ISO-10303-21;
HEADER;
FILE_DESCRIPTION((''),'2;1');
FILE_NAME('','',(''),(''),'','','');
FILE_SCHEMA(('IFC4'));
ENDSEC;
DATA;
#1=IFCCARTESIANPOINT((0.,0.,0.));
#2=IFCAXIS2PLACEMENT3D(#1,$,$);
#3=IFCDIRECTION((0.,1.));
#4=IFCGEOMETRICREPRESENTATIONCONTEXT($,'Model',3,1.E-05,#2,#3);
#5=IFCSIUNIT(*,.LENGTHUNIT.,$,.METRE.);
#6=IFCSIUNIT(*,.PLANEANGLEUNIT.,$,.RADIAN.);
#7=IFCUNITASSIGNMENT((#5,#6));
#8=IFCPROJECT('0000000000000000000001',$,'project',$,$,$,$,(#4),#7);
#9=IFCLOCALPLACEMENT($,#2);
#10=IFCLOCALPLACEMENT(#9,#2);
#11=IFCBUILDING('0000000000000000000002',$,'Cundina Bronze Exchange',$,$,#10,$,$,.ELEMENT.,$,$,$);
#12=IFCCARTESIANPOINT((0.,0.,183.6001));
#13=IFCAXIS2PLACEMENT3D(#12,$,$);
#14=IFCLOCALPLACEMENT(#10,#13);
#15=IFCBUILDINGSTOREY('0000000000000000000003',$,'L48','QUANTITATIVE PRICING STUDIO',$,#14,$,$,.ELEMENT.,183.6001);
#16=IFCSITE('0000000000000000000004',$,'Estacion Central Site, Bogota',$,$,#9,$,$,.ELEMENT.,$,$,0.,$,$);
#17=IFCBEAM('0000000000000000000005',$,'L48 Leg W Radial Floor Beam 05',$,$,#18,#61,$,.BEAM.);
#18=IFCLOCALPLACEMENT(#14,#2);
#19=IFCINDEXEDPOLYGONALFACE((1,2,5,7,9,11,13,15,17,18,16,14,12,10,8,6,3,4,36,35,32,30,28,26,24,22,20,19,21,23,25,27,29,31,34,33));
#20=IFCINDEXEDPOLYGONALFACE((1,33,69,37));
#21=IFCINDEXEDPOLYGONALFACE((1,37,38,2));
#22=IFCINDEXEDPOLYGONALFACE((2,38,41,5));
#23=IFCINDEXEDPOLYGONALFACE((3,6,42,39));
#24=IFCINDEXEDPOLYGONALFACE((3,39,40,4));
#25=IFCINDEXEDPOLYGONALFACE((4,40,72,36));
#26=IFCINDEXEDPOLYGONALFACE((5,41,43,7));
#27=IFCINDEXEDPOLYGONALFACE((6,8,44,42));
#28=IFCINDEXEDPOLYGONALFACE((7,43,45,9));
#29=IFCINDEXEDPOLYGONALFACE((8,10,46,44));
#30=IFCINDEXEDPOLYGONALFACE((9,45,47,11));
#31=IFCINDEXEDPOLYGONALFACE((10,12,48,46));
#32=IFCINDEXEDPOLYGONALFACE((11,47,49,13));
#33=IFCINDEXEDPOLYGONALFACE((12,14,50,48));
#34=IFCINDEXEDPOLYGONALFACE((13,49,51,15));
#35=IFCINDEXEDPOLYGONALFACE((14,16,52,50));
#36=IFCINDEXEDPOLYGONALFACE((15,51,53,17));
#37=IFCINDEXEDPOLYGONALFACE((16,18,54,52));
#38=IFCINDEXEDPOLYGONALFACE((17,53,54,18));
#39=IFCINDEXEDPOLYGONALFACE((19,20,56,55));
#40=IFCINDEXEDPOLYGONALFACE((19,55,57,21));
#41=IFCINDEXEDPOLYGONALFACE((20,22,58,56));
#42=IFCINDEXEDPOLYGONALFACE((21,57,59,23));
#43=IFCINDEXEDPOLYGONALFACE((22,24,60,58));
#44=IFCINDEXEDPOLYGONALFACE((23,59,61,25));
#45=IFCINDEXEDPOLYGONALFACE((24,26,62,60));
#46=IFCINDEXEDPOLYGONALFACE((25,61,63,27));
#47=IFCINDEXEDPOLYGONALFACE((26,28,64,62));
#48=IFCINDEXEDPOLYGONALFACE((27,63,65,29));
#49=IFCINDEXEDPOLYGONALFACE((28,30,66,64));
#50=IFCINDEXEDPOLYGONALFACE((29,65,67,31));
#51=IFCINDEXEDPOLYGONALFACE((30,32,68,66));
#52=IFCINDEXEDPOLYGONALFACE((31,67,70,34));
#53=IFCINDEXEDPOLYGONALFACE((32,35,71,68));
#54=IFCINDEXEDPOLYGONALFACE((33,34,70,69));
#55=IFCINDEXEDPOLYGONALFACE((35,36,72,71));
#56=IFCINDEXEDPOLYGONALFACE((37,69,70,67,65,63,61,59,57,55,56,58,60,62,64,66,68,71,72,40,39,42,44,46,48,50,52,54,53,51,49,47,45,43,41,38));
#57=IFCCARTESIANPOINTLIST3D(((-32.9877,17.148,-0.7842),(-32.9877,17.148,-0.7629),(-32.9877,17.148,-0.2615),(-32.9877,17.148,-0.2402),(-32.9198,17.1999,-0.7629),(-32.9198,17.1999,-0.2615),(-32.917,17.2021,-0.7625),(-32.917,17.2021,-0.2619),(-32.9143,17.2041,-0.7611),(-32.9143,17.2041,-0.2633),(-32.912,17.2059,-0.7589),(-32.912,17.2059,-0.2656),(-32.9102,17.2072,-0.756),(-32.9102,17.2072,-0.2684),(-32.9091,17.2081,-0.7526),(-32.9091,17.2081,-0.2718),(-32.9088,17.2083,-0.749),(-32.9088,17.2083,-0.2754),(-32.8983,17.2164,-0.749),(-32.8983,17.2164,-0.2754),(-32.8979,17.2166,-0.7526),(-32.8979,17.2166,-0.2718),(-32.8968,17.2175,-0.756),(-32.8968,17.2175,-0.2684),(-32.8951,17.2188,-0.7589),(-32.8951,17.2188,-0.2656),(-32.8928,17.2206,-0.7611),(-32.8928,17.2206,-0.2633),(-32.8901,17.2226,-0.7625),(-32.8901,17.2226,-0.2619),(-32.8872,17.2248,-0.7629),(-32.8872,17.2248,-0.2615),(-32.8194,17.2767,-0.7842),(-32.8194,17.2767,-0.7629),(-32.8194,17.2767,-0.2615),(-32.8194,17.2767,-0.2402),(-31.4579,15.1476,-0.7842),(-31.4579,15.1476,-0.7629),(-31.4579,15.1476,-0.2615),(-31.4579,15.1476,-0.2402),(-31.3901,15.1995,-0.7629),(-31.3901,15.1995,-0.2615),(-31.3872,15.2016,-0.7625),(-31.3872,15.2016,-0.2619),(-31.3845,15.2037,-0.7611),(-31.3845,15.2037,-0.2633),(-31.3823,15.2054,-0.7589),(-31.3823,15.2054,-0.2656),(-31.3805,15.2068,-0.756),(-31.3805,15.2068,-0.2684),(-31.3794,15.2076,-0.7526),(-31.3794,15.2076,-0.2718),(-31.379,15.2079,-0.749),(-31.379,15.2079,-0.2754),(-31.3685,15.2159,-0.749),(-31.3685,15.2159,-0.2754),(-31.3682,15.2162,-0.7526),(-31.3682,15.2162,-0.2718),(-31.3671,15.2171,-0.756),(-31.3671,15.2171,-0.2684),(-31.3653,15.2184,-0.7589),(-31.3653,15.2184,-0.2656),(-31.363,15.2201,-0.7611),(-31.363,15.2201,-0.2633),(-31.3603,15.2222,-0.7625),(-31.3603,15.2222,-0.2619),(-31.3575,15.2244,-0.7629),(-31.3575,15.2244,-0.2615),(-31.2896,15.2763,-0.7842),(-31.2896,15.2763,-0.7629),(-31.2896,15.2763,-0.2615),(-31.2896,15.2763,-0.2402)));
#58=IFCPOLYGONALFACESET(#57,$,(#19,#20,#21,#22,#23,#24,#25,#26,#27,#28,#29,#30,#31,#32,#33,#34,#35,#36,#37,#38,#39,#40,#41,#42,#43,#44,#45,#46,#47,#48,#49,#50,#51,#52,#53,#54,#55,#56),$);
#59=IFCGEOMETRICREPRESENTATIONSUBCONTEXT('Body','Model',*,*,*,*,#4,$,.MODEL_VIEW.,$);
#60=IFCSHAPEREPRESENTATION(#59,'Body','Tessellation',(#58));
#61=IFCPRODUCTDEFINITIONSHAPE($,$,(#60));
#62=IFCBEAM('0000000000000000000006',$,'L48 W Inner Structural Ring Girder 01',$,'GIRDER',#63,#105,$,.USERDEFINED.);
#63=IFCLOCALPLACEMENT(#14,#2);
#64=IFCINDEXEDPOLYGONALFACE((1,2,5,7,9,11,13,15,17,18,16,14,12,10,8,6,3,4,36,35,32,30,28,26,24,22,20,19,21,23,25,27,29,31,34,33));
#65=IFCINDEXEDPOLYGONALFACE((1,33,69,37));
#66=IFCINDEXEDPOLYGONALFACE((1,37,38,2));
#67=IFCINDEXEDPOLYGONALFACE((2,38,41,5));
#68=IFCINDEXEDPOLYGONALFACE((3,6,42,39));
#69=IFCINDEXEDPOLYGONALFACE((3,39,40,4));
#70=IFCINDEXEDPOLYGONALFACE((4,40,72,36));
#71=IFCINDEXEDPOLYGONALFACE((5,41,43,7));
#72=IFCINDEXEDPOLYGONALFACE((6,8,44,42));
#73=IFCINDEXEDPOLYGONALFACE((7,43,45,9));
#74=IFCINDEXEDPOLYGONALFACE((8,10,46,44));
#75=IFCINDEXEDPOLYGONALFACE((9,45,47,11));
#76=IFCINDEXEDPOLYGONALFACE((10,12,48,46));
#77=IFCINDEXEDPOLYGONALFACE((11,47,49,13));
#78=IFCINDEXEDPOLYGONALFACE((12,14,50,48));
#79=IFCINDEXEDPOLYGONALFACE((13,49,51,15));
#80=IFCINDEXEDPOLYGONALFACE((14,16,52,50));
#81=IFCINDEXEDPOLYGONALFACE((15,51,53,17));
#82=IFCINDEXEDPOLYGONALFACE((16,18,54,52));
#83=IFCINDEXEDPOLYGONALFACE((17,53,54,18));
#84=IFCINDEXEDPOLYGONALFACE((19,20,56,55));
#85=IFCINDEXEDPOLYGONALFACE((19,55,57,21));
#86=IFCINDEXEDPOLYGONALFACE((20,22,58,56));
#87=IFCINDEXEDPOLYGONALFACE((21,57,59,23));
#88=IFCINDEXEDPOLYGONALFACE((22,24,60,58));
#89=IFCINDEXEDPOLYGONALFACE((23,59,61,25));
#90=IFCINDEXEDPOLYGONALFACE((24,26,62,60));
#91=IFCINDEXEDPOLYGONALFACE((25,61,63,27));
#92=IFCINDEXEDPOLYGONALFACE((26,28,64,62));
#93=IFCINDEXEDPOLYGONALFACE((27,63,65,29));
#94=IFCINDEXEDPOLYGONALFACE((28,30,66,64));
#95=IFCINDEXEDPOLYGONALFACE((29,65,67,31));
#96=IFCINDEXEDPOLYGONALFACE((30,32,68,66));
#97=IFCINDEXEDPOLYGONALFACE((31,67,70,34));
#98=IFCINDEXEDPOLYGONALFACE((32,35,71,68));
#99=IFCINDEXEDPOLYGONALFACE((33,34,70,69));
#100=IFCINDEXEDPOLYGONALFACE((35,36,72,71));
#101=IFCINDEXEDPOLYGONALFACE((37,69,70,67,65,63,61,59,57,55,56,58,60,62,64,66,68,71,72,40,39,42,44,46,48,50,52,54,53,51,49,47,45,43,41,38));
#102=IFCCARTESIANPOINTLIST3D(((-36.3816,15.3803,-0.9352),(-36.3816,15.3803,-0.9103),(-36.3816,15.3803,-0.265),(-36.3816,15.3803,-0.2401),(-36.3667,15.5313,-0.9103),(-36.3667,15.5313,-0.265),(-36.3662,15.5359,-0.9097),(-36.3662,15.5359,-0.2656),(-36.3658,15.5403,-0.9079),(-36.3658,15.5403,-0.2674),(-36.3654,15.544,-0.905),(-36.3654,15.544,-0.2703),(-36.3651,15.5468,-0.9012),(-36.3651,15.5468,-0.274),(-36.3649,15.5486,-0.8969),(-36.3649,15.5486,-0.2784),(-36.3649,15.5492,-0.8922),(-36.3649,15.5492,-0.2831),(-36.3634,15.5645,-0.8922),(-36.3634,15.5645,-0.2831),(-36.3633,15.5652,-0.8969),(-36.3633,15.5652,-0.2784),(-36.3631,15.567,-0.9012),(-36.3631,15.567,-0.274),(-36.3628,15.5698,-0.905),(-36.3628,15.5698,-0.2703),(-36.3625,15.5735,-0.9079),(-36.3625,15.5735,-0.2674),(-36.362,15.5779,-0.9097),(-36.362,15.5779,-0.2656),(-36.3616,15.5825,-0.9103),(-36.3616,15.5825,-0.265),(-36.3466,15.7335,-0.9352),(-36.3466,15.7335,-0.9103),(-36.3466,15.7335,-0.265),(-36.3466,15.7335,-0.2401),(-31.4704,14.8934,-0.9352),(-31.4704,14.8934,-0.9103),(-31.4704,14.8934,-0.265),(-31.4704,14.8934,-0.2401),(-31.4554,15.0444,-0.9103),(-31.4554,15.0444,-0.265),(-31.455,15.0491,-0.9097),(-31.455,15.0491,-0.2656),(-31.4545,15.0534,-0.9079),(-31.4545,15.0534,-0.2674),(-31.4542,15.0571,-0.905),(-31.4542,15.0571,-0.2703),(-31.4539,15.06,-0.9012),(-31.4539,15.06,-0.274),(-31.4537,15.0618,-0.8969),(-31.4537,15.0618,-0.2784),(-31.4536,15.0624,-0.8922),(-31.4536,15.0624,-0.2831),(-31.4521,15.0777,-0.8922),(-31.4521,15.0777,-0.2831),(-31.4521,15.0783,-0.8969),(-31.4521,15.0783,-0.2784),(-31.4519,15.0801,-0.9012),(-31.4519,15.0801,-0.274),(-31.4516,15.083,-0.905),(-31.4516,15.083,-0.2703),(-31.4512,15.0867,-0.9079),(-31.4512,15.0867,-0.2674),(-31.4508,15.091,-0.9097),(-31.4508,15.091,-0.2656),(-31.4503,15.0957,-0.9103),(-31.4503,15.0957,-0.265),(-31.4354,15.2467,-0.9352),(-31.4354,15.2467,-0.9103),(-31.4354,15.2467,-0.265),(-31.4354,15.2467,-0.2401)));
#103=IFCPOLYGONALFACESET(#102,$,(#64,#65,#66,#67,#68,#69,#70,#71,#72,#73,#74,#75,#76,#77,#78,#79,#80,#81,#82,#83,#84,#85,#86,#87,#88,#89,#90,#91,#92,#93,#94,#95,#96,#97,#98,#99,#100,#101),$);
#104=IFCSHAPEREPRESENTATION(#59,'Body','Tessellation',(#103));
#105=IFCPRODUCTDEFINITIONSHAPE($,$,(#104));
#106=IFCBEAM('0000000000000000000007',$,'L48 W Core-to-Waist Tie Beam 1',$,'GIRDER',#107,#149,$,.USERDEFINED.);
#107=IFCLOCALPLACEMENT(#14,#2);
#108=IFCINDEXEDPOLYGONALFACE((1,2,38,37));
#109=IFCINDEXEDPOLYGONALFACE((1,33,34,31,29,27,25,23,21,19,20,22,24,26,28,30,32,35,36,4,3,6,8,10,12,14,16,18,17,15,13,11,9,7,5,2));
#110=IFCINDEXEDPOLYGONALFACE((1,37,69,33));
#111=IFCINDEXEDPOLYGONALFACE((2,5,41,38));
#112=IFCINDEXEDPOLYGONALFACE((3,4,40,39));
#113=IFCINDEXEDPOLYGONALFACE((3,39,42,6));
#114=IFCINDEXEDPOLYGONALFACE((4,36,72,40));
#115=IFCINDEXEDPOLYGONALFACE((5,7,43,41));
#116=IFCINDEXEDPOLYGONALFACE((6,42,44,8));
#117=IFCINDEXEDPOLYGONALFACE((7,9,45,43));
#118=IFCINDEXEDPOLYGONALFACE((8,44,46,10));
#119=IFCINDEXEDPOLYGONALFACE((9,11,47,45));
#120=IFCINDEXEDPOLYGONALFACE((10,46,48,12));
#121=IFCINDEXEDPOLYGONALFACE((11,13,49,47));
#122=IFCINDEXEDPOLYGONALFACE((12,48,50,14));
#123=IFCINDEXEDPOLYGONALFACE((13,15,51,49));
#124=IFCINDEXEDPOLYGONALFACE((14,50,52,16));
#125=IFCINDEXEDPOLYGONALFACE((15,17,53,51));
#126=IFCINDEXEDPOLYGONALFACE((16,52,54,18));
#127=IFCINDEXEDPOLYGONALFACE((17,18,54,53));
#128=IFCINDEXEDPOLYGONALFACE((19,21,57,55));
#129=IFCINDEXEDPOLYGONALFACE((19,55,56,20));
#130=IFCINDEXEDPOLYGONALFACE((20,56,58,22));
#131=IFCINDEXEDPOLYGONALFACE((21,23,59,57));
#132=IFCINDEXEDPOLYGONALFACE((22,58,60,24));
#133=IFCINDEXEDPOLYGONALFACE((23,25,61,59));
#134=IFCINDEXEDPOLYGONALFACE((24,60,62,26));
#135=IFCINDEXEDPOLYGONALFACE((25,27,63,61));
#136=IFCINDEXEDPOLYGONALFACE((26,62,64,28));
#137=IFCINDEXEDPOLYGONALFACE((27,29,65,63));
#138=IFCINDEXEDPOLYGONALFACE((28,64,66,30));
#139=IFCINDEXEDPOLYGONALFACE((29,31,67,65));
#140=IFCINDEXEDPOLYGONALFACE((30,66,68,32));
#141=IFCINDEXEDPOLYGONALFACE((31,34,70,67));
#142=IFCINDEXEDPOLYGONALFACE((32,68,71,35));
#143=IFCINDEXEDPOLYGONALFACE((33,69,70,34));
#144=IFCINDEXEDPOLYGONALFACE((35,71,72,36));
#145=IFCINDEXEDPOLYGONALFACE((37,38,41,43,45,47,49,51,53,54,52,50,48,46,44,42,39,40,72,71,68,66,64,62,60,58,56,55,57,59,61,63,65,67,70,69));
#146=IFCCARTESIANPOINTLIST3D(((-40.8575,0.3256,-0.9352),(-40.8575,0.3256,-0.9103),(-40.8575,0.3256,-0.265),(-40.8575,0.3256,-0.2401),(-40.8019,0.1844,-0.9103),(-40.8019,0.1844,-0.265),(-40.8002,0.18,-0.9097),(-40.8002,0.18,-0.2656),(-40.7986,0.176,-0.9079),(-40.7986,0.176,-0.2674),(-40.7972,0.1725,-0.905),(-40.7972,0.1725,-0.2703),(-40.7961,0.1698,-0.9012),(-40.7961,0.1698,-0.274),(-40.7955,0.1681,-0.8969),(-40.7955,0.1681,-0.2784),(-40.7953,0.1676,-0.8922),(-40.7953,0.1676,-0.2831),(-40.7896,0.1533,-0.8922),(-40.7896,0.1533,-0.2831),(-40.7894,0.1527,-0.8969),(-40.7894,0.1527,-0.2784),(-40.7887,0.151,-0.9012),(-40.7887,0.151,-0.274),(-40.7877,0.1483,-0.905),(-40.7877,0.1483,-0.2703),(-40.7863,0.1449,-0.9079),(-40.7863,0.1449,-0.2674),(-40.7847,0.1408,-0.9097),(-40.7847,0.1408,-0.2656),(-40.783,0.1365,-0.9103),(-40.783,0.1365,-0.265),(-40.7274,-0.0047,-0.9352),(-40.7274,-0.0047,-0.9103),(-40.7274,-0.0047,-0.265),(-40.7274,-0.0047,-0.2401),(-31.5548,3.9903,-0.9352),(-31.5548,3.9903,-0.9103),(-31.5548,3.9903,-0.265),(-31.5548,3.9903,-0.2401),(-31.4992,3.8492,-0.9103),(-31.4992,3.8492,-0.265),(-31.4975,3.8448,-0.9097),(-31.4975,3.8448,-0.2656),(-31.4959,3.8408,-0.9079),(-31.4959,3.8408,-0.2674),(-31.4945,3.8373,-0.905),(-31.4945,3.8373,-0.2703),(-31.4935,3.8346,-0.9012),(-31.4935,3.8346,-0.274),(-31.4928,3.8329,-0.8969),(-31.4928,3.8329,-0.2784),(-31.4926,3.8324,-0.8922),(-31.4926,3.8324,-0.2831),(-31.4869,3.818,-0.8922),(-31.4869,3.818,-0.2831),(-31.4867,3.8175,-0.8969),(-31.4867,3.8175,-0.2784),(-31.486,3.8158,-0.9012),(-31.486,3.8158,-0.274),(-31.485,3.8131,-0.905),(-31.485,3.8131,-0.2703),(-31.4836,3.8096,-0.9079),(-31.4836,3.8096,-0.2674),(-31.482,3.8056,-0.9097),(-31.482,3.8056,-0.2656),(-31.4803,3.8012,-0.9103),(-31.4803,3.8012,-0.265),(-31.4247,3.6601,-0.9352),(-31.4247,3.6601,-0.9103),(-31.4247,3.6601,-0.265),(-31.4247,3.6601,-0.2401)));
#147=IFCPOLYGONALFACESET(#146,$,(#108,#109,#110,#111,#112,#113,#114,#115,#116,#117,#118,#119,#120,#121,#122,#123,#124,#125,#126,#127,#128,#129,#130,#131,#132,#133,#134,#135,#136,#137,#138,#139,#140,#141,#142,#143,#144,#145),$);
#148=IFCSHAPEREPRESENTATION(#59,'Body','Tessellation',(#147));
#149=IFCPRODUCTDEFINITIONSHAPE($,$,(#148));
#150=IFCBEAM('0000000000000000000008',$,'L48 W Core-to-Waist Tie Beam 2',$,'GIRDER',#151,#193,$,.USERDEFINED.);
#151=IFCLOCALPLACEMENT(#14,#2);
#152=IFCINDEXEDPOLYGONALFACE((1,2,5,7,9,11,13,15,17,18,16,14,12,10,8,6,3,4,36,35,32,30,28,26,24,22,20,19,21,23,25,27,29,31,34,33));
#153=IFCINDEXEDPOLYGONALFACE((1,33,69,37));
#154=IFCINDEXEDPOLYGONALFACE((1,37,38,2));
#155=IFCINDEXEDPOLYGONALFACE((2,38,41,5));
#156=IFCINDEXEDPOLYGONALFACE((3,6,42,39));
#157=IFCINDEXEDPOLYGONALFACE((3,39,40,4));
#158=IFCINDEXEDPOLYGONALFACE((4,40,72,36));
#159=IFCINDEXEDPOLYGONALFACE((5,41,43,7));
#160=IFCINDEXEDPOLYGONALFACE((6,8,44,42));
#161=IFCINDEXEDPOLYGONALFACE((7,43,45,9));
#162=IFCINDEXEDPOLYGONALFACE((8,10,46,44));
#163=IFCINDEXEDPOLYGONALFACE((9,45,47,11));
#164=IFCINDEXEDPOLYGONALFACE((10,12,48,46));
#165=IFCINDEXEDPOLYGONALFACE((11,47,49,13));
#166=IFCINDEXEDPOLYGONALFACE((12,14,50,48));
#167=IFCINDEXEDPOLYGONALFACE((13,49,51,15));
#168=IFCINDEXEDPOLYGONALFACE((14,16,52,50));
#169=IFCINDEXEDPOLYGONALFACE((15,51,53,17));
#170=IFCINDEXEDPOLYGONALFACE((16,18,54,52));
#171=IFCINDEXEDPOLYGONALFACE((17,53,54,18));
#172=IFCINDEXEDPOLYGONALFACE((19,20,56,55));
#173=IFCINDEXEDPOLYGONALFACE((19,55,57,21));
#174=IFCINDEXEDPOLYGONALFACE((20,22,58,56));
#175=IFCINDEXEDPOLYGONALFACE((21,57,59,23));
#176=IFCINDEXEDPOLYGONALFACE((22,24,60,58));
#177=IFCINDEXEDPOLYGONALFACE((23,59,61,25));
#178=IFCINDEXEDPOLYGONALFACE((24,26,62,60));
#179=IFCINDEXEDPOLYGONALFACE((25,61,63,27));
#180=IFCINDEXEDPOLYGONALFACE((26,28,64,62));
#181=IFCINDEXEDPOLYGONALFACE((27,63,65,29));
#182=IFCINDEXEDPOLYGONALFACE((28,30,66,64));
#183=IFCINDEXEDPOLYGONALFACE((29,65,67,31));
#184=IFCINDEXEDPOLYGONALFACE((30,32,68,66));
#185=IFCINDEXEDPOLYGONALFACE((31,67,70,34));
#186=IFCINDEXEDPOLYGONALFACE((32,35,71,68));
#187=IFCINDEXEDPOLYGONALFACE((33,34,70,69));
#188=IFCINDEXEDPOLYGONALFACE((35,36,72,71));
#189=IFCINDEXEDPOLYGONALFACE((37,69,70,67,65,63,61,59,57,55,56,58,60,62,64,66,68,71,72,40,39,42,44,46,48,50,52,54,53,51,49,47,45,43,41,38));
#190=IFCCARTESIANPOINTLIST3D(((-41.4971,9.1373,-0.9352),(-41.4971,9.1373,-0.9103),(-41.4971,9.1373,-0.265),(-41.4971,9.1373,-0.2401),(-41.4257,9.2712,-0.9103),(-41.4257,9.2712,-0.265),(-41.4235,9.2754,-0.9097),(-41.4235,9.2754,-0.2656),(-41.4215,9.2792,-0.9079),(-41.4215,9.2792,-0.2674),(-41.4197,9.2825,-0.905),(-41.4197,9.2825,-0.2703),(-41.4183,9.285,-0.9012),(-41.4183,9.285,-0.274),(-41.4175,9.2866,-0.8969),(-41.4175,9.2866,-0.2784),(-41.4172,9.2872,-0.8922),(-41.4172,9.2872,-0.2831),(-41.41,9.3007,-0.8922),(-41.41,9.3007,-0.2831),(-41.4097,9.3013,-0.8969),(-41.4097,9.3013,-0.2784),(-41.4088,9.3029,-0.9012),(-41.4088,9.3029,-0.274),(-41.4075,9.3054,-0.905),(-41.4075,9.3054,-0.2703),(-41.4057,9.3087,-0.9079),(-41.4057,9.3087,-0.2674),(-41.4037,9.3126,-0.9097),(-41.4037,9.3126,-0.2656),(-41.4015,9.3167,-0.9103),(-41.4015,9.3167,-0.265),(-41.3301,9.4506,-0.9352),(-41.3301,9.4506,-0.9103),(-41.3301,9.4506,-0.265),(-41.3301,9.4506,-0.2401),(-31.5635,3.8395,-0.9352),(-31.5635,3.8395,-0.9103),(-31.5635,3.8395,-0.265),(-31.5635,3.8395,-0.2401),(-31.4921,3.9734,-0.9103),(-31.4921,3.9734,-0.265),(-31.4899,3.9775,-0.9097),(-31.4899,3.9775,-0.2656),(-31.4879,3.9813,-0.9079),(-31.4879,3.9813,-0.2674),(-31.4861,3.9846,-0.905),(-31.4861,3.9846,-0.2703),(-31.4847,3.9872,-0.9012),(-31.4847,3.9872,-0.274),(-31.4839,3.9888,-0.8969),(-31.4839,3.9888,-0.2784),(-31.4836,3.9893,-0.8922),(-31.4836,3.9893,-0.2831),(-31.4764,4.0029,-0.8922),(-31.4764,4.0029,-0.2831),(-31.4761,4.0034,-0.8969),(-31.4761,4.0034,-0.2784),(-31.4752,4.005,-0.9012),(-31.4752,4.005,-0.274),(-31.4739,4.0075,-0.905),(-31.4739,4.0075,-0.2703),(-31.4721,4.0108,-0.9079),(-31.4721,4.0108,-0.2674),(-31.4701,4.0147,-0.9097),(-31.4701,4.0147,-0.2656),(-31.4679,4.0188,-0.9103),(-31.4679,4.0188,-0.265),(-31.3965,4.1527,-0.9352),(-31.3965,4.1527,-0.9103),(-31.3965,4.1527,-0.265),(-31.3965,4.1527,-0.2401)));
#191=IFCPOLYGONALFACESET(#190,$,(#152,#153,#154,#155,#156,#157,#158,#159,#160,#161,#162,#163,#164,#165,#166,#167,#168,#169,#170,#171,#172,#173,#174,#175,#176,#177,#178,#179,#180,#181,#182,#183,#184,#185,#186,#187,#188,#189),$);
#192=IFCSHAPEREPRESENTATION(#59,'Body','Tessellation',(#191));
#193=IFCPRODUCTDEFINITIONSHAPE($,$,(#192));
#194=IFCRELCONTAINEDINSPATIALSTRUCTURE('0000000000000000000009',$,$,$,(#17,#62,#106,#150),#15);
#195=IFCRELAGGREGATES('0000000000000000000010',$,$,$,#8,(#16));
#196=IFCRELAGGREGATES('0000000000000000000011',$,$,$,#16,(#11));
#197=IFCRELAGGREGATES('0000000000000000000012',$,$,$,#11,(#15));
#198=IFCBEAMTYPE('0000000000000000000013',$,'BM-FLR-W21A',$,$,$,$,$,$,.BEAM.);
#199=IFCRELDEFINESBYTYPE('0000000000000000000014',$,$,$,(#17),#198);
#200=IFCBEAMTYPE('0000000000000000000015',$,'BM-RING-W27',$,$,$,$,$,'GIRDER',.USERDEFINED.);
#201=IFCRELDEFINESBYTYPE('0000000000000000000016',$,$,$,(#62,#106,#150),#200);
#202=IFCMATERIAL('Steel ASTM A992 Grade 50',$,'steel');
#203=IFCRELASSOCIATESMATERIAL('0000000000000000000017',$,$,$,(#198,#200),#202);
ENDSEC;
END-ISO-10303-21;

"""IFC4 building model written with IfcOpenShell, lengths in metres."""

from ifc_helpers import new_model, si_unit, direction, frame, origin, origin_2d, place, context, subcontext, project, spatial, i_section, extrude, material, material_profile, profile_set, type_object, element, save


model = new_model("IFC4")

# Units and contexts
model_context = context("Model", 3, precision=1e-05, world=origin(), true_north=direction((0.0, 1.0)))
body_context = subcontext(model_context, "Body", "Model", "MODEL_VIEW")
ifc_project = project(units=[si_unit("LENGTHUNIT", "METRE"), si_unit("PLANEANGLEUNIT", "RADIAN")], contexts=[model_context])

# Site, building, storey
site_placement = place(None, origin())
site = spatial("IfcSite", under=ifc_project, at=site_placement, Name="Estacion Central Site, Bogota", CompositionType="ELEMENT", RefElevation=0.0)
building_placement = place(site_placement, origin())
building = spatial("IfcBuilding", under=site, at=building_placement, Name="Cundina Bronze Exchange", CompositionType="ELEMENT")
storey_placement = place(building_placement, frame((0.0, 0.0, 183.6001)))
storey = spatial("IfcBuildingStorey", under=building, at=storey_placement, Name="L48", Description="QUANTITATIVE PRICING STUDIO", CompositionType="ELEMENT", Elevation=183.6001)

# Shared definitions
ifc_material_1 = material(Name="Steel ASTM A992 Grade 50", Category="steel")

# Beams
ifc_material_profile_1 = material_profile(ifc_material_1, i_section(OverallWidth=0.2119, OverallDepth=0.5439, WebThickness=0.0132, FlangeThickness=0.0212, FilletRadius=0.0139, at=origin_2d()), Name="W21X83", Category="steel")
ifc_profile_set_1 = profile_set([ifc_material_profile_1], Name="Steel ASTM A992 Grade 50")
beam_type_1 = type_object("IfcBeamType", Name="BM-FLR-W21A", PredefinedType="BEAM", material=ifc_profile_set_1)
beam_1_placement = place(storey_placement, frame((-31.3738, 15.2119, -0.5122), z_axis=(-0.60745, 0.794358, 0.0), x_axis=(-0.794358, -0.60745, 0.0)))
element("IfcBeam", 1, at=beam_1_placement, inside=storey, type_object=beam_type_1, Name="L48 Leg W Radial Floor Beam 05", PredefinedType="BEAM", context=body_context, shape_type="SweptSolid", body=[
    extrude(i_section(OverallWidth=0.2119, OverallDepth=0.5439, WebThickness=0.0132, FlangeThickness=0.0212, FilletRadius=0.0139, at=origin_2d()), origin(), (0.0, 0.0, 1.0), 2.5183),
])
ifc_material_profile_2 = material_profile(ifc_material_1, i_section(OverallWidth=0.355, OverallDepth=0.6951, WebThickness=0.0154, FlangeThickness=0.0249, FilletRadius=0.0181, at=origin_2d()), Name="W27X146", Category="steel")
ifc_profile_set_2 = profile_set([ifc_material_profile_2], Name="Steel ASTM A992 Grade 50")
beam_type_2 = type_object("IfcBeamType", Name="BM-RING-W27", ElementType="GIRDER", PredefinedType="USERDEFINED", material=ifc_profile_set_2)
beam_2_placement = place(storey_placement, frame((-31.4529, 15.0701, -0.5876), z_axis=(-0.995123, 0.098642, 0.0), x_axis=(-0.098642, -0.995123, 0.0)))
element("IfcBeam", 2, at=beam_2_placement, inside=storey, type_object=beam_type_2, Name="L48 W Inner Structural Ring Girder 01", ObjectType="GIRDER", PredefinedType="USERDEFINED", context=body_context, shape_type="SweptSolid", body=[
    extrude(i_section(OverallWidth=0.355, OverallDepth=0.6951, WebThickness=0.0154, FlangeThickness=0.0249, FilletRadius=0.0181, at=origin_2d()), origin(), (0.0, 0.0, 1.0), 4.9353),
])
beam_3_placement = place(storey_placement, frame((-31.4897, 3.8252, -0.5876), z_axis=(-0.930406, -0.366532, 0.0), x_axis=(0.366532, -0.930406, 0.0)))
element("IfcBeam", 3, at=beam_3_placement, inside=storey, type_object=beam_type_2, Name="L48 W Core-to-Waist Tie Beam 1", ObjectType="GIRDER", PredefinedType="USERDEFINED", context=body_context, shape_type="SweptSolid", body=[
    extrude(i_section(OverallWidth=0.355, OverallDepth=0.6951, WebThickness=0.0154, FlangeThickness=0.0249, FilletRadius=0.0181, at=origin_2d()), origin(), (0.0, 0.0, 1.0), 9.9985),
])
beam_4_placement = place(storey_placement, frame((-31.48, 3.9961, -0.5876), z_axis=(-0.882355, 0.470584, 0.0), x_axis=(-0.470584, -0.882355, 0.0)))
element("IfcBeam", 4, at=beam_4_placement, inside=storey, type_object=beam_type_2, Name="L48 W Core-to-Waist Tie Beam 2", ObjectType="GIRDER", PredefinedType="USERDEFINED", context=body_context, shape_type="SweptSolid", body=[
    extrude(i_section(OverallWidth=0.355, OverallDepth=0.6951, WebThickness=0.0154, FlangeThickness=0.0249, FilletRadius=0.0181, at=origin_2d()), origin(), (0.0, 0.0, 1.0), 11.2581),
])

save(model, "model.ifc")
